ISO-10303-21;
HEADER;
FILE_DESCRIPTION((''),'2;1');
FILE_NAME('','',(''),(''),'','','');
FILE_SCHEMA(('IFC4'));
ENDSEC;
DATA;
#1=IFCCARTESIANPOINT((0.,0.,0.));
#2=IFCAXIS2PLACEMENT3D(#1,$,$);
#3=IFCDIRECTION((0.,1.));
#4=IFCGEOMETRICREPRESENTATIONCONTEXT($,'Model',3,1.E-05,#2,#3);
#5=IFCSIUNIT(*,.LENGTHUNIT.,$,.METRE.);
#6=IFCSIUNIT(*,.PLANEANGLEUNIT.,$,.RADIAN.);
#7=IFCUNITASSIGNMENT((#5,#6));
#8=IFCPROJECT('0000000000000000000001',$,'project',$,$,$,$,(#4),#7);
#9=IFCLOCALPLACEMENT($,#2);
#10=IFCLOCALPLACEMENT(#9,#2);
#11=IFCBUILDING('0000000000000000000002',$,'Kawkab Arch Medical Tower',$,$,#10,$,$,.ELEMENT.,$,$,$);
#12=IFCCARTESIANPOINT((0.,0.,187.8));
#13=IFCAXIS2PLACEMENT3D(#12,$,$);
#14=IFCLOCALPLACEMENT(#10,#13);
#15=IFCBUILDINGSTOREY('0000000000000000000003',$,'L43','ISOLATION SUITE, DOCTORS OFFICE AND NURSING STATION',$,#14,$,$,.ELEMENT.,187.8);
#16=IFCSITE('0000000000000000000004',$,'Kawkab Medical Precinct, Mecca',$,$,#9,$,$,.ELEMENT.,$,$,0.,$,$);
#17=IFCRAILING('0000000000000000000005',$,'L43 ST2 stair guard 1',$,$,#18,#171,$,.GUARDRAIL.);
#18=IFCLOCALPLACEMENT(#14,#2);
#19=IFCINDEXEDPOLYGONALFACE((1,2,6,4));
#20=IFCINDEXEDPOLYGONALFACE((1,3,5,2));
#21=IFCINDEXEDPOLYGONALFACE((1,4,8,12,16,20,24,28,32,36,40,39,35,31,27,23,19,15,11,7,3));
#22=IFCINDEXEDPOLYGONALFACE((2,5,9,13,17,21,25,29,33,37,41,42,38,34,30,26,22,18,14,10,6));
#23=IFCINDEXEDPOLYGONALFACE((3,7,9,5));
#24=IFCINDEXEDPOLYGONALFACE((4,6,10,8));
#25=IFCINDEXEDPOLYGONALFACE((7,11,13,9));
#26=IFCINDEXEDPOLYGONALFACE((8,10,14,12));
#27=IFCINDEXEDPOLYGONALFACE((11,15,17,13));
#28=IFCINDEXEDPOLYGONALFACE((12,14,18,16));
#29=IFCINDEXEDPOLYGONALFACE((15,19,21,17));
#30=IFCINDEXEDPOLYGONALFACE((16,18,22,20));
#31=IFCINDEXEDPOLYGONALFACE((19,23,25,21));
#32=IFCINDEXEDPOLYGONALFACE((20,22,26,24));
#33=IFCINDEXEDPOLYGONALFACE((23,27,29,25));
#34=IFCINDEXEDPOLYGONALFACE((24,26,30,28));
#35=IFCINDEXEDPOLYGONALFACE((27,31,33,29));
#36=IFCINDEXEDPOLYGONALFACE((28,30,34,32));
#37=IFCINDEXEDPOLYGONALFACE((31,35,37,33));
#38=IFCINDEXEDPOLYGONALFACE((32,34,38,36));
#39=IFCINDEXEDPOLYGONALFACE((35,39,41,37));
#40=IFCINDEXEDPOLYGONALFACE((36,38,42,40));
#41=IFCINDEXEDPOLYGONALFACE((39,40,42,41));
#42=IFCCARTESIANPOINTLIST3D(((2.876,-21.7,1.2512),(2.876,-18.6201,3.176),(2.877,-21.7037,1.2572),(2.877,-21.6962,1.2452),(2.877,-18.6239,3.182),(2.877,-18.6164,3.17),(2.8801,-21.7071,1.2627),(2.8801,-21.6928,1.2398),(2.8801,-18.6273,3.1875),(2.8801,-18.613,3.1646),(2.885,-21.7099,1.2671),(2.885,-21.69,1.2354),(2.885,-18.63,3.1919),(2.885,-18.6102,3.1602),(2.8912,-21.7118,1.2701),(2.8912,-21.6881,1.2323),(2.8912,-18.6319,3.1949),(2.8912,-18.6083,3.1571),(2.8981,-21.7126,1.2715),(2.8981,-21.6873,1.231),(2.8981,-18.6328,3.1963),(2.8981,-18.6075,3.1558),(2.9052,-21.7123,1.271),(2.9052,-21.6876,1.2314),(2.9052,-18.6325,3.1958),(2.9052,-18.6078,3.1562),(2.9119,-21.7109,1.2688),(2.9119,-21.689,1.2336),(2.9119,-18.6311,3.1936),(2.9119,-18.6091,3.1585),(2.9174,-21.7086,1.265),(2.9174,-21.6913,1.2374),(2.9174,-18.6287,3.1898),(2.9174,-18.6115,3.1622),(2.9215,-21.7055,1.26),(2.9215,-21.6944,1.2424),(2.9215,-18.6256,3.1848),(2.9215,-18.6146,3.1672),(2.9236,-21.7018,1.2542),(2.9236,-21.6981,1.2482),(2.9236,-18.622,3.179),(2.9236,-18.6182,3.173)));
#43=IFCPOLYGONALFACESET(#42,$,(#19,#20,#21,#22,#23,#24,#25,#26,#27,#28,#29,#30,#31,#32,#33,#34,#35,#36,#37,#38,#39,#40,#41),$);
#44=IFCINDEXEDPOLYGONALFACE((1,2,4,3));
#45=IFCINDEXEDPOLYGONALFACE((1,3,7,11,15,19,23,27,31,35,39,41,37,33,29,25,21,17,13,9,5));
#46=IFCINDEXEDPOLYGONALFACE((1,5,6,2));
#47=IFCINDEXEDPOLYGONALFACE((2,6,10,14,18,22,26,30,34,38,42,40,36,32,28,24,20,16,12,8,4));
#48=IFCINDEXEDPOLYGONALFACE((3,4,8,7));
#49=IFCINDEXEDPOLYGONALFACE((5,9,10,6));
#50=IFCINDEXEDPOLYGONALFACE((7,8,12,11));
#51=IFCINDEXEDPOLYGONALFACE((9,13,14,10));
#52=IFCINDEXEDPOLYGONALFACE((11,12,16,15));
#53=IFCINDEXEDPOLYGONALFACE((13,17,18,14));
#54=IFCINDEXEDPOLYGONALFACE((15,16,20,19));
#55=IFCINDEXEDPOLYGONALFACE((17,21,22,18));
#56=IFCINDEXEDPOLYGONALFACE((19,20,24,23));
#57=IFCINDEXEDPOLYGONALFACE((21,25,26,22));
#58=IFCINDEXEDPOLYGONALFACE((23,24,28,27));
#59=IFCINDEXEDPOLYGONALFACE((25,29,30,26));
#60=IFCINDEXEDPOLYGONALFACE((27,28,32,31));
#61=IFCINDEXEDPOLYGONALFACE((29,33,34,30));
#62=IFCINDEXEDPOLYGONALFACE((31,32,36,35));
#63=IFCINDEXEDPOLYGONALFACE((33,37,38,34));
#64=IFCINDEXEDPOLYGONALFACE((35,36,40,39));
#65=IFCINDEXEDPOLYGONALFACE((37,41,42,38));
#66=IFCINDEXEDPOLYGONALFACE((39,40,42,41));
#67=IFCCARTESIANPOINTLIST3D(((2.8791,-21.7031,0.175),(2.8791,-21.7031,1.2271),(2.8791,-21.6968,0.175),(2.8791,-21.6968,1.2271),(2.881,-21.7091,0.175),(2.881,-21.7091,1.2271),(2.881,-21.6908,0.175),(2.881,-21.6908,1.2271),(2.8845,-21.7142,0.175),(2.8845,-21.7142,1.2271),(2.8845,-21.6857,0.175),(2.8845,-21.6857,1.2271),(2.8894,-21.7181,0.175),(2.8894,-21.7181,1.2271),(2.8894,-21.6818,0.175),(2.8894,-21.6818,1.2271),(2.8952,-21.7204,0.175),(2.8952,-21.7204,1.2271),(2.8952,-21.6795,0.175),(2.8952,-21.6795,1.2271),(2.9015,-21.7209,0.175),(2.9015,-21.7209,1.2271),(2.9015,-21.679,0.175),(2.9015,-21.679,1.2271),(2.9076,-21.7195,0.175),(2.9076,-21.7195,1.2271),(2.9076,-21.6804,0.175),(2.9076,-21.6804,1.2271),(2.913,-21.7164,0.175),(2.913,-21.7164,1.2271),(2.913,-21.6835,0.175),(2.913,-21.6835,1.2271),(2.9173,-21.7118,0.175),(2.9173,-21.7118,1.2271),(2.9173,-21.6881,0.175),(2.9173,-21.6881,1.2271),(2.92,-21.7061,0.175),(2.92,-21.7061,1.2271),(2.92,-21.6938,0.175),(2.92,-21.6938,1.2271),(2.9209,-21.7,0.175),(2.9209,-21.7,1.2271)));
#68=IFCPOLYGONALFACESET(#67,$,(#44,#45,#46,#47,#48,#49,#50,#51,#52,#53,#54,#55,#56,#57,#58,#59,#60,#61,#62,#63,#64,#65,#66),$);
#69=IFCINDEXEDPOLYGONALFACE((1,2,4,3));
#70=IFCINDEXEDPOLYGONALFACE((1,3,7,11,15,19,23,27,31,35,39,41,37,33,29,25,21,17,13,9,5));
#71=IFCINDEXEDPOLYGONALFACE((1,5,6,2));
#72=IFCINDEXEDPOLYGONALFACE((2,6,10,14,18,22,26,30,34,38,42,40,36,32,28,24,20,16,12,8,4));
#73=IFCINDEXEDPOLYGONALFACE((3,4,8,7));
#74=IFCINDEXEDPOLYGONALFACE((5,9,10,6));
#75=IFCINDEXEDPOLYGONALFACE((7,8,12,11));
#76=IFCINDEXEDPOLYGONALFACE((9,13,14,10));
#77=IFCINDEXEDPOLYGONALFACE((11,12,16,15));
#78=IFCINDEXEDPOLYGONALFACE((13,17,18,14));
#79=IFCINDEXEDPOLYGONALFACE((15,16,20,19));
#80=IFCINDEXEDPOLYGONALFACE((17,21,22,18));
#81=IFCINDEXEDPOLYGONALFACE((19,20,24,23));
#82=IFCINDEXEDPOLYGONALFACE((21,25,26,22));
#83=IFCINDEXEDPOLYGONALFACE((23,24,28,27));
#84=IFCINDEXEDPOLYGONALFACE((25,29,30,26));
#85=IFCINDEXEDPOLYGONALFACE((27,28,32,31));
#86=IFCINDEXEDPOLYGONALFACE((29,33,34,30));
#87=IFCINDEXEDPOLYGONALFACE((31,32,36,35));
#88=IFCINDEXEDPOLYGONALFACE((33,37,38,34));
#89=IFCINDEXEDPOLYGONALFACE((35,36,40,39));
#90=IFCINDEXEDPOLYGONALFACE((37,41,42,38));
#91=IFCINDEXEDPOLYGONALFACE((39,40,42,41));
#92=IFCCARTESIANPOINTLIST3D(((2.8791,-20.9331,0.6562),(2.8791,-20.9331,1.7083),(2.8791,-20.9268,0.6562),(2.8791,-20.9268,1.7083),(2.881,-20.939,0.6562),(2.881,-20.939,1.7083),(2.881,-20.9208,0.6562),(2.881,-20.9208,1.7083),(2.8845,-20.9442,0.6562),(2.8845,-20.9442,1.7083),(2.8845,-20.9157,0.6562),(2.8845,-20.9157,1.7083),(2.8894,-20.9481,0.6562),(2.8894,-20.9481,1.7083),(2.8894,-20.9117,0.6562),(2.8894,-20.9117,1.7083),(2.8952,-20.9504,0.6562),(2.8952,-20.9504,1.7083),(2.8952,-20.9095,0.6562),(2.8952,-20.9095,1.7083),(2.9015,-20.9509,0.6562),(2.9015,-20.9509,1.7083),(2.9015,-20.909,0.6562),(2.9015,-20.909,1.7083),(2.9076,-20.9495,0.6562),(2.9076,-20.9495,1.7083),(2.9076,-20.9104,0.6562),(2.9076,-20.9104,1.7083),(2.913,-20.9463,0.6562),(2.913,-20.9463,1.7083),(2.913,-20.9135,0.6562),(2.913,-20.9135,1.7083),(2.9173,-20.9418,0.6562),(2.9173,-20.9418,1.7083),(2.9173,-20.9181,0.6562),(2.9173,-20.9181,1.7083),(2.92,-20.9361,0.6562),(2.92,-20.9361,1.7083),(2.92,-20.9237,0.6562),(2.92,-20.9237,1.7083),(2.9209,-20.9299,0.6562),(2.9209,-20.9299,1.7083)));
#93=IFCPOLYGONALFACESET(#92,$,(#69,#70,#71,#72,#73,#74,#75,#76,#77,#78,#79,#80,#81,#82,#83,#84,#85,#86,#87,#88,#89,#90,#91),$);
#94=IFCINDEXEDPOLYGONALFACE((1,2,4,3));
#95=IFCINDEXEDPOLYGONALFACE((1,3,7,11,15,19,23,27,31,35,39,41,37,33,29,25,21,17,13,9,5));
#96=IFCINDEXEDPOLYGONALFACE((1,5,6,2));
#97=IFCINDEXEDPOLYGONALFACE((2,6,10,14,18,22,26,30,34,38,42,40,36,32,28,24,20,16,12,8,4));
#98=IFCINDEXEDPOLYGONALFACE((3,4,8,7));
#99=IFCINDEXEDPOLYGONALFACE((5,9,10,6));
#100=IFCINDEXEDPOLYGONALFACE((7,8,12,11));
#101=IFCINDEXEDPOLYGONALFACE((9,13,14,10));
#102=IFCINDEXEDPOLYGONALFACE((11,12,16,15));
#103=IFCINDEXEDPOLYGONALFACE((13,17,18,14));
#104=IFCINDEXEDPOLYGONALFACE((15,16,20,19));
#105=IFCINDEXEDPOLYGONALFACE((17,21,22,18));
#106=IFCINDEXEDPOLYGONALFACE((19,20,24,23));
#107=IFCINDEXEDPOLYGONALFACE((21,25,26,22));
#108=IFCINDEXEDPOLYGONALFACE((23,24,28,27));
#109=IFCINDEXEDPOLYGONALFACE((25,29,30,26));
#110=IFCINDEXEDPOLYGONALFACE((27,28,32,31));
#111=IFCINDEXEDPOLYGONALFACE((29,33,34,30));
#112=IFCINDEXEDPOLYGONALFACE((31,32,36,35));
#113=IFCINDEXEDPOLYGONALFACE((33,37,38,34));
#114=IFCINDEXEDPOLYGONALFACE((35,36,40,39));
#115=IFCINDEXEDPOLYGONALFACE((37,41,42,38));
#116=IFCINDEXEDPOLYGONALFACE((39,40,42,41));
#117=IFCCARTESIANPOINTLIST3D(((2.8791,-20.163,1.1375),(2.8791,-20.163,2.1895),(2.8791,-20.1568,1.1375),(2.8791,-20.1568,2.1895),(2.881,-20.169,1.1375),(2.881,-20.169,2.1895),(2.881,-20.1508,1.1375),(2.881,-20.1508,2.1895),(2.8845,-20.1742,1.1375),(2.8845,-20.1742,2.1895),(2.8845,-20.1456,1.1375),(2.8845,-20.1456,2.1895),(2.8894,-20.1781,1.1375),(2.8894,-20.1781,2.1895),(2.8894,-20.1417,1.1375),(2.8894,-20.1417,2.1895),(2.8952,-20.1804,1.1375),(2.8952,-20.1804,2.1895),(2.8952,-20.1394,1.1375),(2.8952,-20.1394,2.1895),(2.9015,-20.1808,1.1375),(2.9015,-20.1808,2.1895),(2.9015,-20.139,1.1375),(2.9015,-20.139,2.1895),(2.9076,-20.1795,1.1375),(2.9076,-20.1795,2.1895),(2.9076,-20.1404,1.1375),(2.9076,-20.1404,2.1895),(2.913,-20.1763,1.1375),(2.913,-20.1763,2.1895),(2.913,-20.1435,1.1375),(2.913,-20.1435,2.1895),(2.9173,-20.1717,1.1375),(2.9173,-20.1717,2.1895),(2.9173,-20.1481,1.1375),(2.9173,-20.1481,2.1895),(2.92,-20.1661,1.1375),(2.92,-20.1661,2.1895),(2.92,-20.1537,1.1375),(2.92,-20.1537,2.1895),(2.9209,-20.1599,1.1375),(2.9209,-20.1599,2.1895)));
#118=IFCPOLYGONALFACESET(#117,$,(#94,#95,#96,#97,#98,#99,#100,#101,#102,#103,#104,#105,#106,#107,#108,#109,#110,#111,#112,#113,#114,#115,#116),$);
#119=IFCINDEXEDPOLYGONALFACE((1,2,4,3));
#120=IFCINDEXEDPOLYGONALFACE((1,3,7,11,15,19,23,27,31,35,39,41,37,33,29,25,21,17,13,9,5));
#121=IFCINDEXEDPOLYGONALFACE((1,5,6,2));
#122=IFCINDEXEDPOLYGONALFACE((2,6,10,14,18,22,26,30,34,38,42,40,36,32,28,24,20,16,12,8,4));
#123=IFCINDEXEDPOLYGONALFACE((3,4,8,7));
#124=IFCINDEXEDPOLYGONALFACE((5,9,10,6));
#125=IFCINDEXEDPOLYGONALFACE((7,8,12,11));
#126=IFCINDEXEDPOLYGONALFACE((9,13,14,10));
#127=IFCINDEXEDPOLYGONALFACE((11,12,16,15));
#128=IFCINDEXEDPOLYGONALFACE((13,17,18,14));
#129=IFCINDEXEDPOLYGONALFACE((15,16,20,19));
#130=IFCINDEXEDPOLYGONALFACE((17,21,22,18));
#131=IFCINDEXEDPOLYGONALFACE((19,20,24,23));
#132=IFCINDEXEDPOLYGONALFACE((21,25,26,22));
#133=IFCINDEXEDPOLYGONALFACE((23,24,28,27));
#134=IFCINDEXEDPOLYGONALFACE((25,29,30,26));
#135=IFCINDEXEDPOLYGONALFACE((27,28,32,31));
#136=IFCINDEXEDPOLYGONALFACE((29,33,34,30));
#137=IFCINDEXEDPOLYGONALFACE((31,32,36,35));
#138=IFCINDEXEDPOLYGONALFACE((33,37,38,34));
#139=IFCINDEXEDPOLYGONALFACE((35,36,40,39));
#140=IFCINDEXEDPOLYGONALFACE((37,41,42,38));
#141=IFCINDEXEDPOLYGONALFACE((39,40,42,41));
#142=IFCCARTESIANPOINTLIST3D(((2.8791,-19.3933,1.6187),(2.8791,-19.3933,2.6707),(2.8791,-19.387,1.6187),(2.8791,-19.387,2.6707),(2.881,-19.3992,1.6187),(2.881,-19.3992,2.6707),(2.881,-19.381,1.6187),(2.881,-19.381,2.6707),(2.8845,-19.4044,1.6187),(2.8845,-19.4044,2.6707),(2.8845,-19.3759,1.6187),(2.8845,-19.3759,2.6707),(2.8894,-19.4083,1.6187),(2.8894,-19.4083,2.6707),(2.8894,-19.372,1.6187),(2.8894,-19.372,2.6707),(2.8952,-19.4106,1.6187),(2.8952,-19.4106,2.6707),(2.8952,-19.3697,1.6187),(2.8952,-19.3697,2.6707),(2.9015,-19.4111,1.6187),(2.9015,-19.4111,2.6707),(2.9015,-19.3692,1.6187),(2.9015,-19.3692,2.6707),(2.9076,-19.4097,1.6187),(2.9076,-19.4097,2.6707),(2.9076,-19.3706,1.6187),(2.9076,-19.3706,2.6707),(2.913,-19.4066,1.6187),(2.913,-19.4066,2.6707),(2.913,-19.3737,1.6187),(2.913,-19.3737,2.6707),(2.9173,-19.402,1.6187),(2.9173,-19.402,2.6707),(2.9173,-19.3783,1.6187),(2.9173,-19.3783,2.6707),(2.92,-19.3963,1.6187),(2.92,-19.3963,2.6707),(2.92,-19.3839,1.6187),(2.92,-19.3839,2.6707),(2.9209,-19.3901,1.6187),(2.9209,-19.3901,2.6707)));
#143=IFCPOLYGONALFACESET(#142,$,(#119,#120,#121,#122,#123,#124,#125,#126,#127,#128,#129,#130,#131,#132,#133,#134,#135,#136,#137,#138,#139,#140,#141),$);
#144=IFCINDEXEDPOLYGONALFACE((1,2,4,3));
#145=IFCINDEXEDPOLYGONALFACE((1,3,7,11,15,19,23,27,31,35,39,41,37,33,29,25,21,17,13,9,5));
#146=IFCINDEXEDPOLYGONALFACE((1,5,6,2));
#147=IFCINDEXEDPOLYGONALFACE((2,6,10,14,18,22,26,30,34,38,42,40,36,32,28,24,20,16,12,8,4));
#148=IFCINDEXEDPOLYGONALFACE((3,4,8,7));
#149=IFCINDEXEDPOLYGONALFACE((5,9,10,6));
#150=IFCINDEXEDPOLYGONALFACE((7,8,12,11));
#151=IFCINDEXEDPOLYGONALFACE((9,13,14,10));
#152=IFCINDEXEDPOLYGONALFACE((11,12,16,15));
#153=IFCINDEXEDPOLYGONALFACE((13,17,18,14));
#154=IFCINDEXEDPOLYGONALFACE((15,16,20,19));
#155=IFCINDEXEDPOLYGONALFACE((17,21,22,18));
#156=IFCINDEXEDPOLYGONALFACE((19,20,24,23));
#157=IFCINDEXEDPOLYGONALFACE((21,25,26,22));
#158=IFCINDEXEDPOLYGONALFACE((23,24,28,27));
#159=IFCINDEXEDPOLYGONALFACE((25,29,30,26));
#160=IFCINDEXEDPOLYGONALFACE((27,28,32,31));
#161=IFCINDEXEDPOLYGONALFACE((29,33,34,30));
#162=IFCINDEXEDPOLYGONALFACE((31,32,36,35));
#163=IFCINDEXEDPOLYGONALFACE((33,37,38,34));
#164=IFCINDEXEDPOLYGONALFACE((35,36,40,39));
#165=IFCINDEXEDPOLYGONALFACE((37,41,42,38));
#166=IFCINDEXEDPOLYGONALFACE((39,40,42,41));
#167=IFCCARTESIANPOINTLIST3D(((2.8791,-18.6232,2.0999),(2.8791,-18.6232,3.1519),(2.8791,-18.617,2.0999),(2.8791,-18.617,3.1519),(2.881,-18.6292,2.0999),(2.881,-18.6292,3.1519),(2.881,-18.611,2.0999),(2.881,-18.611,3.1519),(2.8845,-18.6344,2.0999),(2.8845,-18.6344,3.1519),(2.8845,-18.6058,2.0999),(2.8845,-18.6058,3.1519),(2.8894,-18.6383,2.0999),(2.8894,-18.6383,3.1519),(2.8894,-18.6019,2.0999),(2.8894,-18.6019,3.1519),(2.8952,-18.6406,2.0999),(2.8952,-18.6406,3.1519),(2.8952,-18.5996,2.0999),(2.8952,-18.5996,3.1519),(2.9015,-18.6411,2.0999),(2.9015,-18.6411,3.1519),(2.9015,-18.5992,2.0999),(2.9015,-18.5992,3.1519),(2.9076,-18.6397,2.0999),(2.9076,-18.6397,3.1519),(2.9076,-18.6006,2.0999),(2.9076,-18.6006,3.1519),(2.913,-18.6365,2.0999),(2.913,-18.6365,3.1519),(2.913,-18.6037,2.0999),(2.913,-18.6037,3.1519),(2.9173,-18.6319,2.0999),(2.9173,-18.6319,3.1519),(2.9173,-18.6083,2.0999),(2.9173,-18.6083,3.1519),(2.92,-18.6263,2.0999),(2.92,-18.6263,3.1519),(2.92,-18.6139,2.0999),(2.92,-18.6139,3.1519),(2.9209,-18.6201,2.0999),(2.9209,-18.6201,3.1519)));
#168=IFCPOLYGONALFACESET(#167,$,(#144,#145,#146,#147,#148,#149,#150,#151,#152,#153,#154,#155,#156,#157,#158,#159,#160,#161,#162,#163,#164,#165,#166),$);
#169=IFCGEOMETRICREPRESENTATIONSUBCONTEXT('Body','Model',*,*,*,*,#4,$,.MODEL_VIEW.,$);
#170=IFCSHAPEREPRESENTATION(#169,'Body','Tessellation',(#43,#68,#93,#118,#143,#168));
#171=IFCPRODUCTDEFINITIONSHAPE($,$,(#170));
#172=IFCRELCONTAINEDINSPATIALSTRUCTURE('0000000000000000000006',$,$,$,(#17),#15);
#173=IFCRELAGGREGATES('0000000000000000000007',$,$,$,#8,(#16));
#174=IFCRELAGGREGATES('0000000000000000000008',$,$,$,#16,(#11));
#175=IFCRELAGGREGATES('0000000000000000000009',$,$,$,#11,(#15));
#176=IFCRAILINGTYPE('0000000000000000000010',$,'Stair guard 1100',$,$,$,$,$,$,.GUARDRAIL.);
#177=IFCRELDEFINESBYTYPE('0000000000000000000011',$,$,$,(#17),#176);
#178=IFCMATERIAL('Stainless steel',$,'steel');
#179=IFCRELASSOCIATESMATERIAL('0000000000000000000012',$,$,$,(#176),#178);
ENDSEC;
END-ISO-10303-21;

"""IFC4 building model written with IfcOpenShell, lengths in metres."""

from ifc_helpers import new_model, si_unit, direction, frame, origin, origin_2d, place, context, subcontext, project, spatial, circle, extrude, material, type_object, element, save


model = new_model("IFC4")

# Units and contexts
model_context = context("Model", 3, precision=1e-05, world=origin(), true_north=direction((0.0, 1.0)))
body_context = subcontext(model_context, "Body", "Model", "MODEL_VIEW")
ifc_project = project(units=[si_unit("LENGTHUNIT", "METRE"), si_unit("PLANEANGLEUNIT", "RADIAN")], contexts=[model_context])

# Site, building, storey
site_placement = place(None, origin())
site = spatial("IfcSite", under=ifc_project, at=site_placement, Name="Kawkab Medical Precinct, Mecca", CompositionType="ELEMENT", RefElevation=0.0)
building_placement = place(site_placement, origin())
building = spatial("IfcBuilding", under=site, at=building_placement, Name="Kawkab Arch Medical Tower", CompositionType="ELEMENT")
storey_placement = place(building_placement, frame((0.0, 0.0, 187.8)))
storey = spatial("IfcBuildingStorey", under=building, at=storey_placement, Name="L43", Description="ISOLATION SUITE, DOCTORS OFFICE AND NURSING STATION", CompositionType="ELEMENT", Elevation=187.8)

# Railing
ifc_material_1 = material(Name="Stainless steel", Category="steel")
railing_type = type_object("IfcRailingType", Name="Stair guard 1100", PredefinedType="GUARDRAIL", material=ifc_material_1)
railing_1_placement = place(storey_placement, frame((2.8999, -21.7, 0.175)))
element("IfcRailing", 1, at=railing_1_placement, inside=storey, type_object=railing_type, Name="L43 ST2 stair guard 1", PredefinedType="GUARDRAIL", context=body_context, shape_type="SweptSolid", body=[
    extrude(circle(Radius=0.0239, at=origin_2d()), frame((0.0, 0.0, 1.0762), z_axis=(0.0, 0.84801, 0.529981), x_axis=(-1.0, 0.0, 0.0)), (0.0, 0.0, 1.0), 3.6318),
    extrude(circle(Radius=0.021, at=origin_2d()), origin(), (0.0, 0.0, 1.0), 1.052),
    extrude(circle(Radius=0.021, at=origin_2d()), frame((0.0, 0.77, 0.4812)), (0.0, 0.0, 1.0), 1.052),
    extrude(circle(Radius=0.021, at=origin_2d()), frame((0.0, 1.54, 0.9624)), (0.0, 0.0, 1.0), 1.052),
    extrude(circle(Radius=0.021, at=origin_2d()), frame((0.0, 2.3098, 1.4436)), (0.0, 0.0, 1.0), 1.052),
    extrude(circle(Radius=0.021, at=origin_2d()), frame((0.0, 3.0798, 1.9248)), (0.0, 0.0, 1.0), 1.052),
])

save(model, "model.ifc")
